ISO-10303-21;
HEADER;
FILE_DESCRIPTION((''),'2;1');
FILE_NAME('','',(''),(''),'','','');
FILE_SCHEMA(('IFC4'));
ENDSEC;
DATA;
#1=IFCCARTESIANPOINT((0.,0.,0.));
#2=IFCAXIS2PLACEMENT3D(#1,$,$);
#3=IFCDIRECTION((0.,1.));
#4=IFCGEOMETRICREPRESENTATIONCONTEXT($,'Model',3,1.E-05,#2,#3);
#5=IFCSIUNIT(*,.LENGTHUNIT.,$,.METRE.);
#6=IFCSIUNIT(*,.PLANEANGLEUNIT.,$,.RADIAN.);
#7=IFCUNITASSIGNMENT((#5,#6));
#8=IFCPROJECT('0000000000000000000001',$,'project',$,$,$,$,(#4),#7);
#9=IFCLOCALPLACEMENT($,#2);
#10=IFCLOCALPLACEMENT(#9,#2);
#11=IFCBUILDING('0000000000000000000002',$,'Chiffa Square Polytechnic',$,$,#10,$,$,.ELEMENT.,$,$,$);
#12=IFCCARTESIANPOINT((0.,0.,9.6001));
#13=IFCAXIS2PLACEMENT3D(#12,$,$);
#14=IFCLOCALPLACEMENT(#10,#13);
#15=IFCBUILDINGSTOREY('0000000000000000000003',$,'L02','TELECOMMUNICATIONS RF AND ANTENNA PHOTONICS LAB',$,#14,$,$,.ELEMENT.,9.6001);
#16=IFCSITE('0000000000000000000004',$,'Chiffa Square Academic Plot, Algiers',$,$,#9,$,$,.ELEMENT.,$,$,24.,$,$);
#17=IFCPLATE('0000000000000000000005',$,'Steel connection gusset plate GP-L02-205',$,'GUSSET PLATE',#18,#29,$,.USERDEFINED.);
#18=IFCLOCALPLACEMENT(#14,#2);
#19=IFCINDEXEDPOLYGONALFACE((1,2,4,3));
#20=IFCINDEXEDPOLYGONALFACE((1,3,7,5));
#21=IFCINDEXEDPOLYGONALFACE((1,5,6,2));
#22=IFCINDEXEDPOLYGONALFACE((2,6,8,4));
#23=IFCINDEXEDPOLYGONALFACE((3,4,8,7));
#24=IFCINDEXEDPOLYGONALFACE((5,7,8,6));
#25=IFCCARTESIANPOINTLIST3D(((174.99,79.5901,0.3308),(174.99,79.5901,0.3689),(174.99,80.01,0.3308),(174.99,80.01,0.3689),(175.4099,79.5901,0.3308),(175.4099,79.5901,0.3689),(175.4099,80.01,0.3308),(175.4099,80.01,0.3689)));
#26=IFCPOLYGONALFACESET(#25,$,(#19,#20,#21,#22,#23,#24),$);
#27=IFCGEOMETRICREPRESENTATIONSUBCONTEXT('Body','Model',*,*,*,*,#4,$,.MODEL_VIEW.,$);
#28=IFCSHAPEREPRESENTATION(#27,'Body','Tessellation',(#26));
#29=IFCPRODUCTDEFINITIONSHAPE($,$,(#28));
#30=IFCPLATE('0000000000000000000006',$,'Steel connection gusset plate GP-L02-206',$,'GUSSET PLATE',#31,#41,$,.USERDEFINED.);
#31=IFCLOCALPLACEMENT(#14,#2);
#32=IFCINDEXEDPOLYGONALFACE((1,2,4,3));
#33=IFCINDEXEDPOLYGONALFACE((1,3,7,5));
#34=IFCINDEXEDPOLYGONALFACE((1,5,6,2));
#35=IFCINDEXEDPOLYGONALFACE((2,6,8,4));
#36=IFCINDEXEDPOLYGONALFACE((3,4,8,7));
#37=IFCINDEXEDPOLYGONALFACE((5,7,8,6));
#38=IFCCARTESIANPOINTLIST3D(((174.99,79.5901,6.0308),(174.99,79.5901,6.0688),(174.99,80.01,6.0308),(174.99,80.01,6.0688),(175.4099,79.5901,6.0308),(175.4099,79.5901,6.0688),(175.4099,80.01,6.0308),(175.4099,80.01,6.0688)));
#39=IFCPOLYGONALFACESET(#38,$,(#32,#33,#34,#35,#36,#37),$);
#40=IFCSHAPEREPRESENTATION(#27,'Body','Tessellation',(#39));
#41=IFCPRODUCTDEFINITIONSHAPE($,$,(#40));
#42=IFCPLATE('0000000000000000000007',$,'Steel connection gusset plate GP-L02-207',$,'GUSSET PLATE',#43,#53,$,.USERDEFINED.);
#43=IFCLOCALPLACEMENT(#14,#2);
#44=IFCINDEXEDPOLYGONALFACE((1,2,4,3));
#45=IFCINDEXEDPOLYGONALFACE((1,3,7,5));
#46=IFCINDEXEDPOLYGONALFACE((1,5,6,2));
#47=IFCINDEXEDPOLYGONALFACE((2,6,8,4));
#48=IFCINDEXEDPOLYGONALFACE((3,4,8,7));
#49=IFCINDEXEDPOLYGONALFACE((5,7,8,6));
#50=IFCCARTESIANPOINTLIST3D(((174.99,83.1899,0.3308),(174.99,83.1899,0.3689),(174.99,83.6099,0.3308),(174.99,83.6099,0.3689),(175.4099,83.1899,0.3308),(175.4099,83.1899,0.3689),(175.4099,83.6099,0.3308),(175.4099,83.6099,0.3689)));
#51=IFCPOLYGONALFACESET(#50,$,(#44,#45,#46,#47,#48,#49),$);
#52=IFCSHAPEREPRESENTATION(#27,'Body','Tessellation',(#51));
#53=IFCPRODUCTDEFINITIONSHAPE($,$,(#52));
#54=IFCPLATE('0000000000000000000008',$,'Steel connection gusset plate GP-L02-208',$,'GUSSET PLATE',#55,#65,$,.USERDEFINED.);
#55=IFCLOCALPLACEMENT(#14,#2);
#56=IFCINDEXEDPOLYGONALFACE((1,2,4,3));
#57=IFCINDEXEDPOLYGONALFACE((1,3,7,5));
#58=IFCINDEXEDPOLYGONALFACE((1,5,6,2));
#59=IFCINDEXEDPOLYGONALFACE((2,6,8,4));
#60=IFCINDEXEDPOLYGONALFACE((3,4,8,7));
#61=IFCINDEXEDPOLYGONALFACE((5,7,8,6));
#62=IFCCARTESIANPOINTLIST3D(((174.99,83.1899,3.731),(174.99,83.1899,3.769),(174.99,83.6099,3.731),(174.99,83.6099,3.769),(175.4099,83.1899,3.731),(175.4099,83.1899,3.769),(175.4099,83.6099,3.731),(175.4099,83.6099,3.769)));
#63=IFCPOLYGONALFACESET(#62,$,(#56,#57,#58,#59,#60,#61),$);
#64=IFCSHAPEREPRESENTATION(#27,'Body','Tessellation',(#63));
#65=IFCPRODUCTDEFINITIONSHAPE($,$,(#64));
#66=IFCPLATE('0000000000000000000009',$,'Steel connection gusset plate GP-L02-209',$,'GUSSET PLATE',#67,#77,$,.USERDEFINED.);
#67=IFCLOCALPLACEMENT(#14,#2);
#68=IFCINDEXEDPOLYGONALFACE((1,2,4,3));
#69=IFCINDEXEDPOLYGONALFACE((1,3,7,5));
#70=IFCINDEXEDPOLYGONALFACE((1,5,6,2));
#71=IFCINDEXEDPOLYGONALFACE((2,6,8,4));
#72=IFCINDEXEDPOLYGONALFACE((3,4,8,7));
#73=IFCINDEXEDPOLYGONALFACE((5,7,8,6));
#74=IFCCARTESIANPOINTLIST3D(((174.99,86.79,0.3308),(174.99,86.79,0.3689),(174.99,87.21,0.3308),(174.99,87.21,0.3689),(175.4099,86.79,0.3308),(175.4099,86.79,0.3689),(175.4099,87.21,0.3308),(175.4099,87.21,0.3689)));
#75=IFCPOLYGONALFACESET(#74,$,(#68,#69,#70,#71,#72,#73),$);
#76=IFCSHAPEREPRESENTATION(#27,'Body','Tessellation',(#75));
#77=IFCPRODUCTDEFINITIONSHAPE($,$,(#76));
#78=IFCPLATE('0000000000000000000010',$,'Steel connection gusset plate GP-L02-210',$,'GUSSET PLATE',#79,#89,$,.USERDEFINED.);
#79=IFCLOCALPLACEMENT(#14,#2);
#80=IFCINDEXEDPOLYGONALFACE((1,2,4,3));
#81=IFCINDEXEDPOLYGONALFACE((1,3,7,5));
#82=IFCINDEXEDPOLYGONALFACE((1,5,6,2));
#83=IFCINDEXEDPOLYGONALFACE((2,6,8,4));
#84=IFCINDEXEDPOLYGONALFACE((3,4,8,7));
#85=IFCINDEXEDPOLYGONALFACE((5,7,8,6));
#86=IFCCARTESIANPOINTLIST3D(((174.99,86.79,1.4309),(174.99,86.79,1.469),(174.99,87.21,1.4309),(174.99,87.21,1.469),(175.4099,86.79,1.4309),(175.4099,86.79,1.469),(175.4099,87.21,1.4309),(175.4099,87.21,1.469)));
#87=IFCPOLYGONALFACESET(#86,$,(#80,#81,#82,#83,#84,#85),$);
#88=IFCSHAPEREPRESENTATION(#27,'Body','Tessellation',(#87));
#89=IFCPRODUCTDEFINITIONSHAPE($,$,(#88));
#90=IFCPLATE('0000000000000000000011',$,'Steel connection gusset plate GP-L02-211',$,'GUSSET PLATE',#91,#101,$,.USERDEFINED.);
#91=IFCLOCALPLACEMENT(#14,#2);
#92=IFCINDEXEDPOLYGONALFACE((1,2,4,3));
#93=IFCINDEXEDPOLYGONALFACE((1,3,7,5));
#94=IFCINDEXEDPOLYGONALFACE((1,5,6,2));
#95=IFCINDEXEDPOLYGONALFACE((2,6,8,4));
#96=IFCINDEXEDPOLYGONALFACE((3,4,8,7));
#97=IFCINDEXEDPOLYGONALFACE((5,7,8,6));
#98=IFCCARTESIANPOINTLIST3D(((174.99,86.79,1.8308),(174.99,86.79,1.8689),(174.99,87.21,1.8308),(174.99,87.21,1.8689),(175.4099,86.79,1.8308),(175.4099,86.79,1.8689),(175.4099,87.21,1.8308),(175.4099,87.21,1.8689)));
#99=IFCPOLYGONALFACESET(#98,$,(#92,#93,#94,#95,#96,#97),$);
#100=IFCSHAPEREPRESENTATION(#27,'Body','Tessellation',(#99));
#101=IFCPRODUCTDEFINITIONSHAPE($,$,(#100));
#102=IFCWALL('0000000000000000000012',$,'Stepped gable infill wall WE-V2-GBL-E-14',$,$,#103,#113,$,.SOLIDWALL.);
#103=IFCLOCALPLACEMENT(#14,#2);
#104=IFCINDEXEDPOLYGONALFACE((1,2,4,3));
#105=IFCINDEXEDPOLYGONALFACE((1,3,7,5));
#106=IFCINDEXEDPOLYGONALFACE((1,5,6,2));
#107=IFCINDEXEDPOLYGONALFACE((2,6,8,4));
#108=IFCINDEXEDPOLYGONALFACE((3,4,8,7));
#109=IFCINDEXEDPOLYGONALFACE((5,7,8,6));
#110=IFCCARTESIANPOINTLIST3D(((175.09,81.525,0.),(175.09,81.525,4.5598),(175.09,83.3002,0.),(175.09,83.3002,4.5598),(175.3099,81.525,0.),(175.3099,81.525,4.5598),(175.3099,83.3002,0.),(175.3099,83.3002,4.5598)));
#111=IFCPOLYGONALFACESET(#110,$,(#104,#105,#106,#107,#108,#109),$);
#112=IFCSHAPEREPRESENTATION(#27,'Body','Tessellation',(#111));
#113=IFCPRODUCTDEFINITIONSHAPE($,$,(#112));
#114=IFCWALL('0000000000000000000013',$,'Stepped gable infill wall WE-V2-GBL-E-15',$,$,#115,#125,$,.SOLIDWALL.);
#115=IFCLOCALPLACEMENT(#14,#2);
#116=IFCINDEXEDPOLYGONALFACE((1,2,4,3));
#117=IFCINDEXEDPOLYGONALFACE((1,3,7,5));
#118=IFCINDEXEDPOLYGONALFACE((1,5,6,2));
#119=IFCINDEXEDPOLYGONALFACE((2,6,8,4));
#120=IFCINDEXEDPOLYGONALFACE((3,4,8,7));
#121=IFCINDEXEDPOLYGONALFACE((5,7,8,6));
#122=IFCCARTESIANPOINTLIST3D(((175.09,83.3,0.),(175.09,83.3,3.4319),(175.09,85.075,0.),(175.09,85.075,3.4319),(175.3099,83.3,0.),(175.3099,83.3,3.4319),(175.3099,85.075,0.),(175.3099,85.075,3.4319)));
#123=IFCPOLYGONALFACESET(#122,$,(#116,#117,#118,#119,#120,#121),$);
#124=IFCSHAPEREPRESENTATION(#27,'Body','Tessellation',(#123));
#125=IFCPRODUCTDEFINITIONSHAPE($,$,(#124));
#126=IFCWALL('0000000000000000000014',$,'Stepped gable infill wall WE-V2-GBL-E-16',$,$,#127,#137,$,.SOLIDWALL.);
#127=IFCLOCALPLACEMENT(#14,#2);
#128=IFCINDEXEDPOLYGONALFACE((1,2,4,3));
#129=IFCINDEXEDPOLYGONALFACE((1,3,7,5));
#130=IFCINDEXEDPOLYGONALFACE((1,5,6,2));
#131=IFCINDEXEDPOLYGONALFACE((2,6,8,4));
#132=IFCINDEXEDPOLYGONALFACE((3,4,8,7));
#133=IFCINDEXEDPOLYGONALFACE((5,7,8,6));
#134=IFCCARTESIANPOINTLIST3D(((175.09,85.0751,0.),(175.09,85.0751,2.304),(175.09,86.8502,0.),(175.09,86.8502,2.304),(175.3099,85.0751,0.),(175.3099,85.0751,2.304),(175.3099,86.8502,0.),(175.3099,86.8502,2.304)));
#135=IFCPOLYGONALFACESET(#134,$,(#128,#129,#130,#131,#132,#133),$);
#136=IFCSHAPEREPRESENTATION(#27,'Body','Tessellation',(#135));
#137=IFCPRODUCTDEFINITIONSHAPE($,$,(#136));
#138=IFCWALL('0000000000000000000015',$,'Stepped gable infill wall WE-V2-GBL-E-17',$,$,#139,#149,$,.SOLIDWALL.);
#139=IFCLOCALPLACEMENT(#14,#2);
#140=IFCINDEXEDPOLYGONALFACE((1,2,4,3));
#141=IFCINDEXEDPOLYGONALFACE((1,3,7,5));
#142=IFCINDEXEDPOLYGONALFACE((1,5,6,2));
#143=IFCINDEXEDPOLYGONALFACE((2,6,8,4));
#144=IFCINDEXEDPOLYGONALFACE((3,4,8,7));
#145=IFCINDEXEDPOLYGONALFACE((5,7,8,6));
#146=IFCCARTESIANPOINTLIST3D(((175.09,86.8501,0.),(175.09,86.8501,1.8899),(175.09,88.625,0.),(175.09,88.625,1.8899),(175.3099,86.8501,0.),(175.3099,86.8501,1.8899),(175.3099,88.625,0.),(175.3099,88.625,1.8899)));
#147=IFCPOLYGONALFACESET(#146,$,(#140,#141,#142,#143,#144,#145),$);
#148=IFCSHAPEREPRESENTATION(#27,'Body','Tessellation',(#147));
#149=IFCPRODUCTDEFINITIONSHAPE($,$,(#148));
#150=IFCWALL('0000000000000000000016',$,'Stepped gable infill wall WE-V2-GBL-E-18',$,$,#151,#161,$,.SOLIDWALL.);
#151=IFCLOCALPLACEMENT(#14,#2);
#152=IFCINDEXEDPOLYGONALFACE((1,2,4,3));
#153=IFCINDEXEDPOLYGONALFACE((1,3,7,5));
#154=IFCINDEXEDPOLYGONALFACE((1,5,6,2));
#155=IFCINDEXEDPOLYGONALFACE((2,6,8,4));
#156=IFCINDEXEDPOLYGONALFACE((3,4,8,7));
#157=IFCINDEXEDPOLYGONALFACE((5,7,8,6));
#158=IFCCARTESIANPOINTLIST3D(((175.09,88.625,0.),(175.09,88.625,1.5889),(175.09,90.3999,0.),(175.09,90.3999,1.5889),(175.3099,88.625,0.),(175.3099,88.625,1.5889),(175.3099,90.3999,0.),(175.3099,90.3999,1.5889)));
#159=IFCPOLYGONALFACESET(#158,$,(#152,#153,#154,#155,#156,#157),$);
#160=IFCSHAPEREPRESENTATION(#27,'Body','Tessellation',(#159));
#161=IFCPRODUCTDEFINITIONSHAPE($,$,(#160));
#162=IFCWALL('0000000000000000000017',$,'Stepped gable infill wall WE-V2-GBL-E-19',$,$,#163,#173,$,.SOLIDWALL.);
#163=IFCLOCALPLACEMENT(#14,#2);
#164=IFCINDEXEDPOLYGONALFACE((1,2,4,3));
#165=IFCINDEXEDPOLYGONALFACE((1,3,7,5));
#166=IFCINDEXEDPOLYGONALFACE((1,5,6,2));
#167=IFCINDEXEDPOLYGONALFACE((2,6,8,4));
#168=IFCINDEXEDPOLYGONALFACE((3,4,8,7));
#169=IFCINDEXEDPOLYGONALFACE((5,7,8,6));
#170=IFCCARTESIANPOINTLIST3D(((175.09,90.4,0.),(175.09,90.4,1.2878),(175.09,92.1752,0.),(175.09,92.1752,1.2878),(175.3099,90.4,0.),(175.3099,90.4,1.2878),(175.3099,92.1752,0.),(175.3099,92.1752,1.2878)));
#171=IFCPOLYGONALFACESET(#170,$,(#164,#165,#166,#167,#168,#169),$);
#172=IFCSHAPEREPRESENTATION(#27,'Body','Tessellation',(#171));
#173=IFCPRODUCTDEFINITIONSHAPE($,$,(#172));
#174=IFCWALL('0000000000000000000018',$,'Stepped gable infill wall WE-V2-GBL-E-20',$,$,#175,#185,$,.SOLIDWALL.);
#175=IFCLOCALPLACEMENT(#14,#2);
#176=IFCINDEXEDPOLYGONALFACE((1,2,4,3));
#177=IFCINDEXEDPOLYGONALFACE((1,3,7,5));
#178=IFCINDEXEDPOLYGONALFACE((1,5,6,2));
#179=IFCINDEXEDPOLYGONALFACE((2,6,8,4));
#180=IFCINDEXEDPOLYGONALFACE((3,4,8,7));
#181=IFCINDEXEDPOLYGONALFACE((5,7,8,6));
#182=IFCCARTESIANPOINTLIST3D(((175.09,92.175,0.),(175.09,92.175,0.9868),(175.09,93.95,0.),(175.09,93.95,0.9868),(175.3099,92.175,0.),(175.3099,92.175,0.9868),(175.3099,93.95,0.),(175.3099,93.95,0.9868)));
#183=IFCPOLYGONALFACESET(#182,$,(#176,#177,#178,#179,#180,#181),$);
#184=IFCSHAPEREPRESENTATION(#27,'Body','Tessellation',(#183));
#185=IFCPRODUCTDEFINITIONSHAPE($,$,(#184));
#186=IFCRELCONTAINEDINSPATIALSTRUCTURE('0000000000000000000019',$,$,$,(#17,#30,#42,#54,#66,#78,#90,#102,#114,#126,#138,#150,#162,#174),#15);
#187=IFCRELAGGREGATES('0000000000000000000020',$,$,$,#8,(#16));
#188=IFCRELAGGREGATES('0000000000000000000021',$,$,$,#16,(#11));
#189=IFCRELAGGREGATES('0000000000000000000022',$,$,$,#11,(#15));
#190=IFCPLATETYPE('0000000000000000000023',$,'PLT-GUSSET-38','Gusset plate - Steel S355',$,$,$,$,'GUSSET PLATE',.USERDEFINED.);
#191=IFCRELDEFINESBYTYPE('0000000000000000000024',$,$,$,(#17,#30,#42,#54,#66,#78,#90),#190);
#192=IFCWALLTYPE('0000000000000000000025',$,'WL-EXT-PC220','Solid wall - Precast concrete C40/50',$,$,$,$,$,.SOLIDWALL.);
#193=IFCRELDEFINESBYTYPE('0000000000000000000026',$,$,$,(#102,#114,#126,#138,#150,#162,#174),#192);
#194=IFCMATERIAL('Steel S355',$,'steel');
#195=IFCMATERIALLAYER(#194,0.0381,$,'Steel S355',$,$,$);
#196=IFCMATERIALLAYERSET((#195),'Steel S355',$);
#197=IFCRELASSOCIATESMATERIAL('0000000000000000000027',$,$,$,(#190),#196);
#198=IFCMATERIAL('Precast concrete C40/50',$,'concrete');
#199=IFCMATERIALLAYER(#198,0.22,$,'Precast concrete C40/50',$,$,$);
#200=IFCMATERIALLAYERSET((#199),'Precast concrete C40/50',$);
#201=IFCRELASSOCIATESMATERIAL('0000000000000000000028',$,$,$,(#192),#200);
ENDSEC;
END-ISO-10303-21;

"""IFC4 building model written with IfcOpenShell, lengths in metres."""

from ifc_helpers import new_model, si_unit, direction, frame, frame_2d, origin, origin_2d, place, context, subcontext, project, spatial, rectangle, extrude, material, layer, layer_set, type_object, element, save


model = new_model("IFC4")

# Units and contexts
model_context = context("Model", 3, precision=1e-05, world=origin(), true_north=direction((0.0, 1.0)))
body_context = subcontext(model_context, "Body", "Model", "MODEL_VIEW")
ifc_project = project(units=[si_unit("LENGTHUNIT", "METRE"), si_unit("PLANEANGLEUNIT", "RADIAN")], contexts=[model_context])

# Site, building, storey
site_placement = place(None, origin())
site = spatial("IfcSite", under=ifc_project, at=site_placement, Name="Chiffa Square Academic Plot, Algiers", CompositionType="ELEMENT", RefElevation=24.0)
building_placement = place(site_placement, origin())
building = spatial("IfcBuilding", under=site, at=building_placement, Name="Chiffa Square Polytechnic", CompositionType="ELEMENT")
storey_placement = place(building_placement, frame((0.0, 0.0, 9.6001)))
storey = spatial("IfcBuildingStorey", under=building, at=storey_placement, Name="L02", Description="TELECOMMUNICATIONS RF AND ANTENNA PHOTONICS LAB", CompositionType="ELEMENT", Elevation=9.6001)

# Shared definitions
ifc_material_1 = material(Name="Steel S355", Category="steel")

# Plates
ifc_layer_1 = layer(ifc_material_1, 0.0381, Name="Steel S355")
ifc_layer_set_1 = layer_set([ifc_layer_1], Name="Steel S355")
plate_type_1 = type_object("IfcPlateType", Name="PLT-GUSSET-38", Description="Gusset plate - Steel S355", ElementType="GUSSET PLATE", PredefinedType="USERDEFINED", material=ifc_layer_set_1)
for number, where, z_axis, x_axis, name in (
    (1, (175.2, 79.8, 0.3308), (0.0, 0.0, 1.0), (1.0, 0.0, 0.0), "Steel connection gusset plate GP-L02-205"),
    (2, (175.2, 79.8, 6.0308), (0.0, 0.0, 1.0), (1.0, 0.0, 0.0), "Steel connection gusset plate GP-L02-206"),
    (3, (175.2, 83.3999, 0.3308), (0.0, 0.0, 1.0), (1.0, 0.0, 0.0), "Steel connection gusset plate GP-L02-207"),
    (4, (175.2, 83.3999, 3.731), (0.0, 0.0, 1.0), (1.0, 0.0, 0.0), "Steel connection gusset plate GP-L02-208"),
    (5, (175.2, 87.0, 0.3308), (0.0, 0.0, 1.0), (1.0, 0.0, 0.0), "Steel connection gusset plate GP-L02-209"),
    (6, (175.2, 87.0, 1.4309), (0.0, 0.0, 1.0), (1.0, 0.0, 0.0), "Steel connection gusset plate GP-L02-210"),
    (7, (175.2, 87.0, 1.8308), (0.0, 0.0, 1.0), (1.0, 0.0, 0.0), "Steel connection gusset plate GP-L02-211"),
):
    element("IfcPlate", number, at=place(storey_placement, frame(where, z_axis=z_axis, x_axis=x_axis)), inside=storey, type_object=plate_type_1, Name=name, ObjectType="GUSSET PLATE", PredefinedType="USERDEFINED", context=body_context, shape_type="SweptSolid", body=[
        extrude(rectangle(XDim=0.4199, YDim=0.4199, at=origin_2d()), origin(), (0.0, 0.0, 1.0), 0.0381),
    ])

# Walls
ifc_material_2 = material(Name="Precast concrete C40/50", Category="concrete")
ifc_layer_2 = layer(ifc_material_2, 0.22, Name="Precast concrete C40/50")
ifc_layer_set_2 = layer_set([ifc_layer_2], Name="Precast concrete C40/50")
wall_type = type_object("IfcWallType", Name="WL-EXT-PC220", Description="Solid wall - Precast concrete C40/50", PredefinedType="SOLIDWALL", material=ifc_layer_set_2)
wall_1_placement = place(storey_placement, frame((175.2, 81.5249, 0.0), z_axis=(0.0, 0.0, 1.0), x_axis=(0.0, 1.0, 0.0)))
element("IfcWall", 8, at=wall_1_placement, inside=storey, type_object=wall_type, Name="Stepped gable infill wall WE-V2-GBL-E-14", PredefinedType="SOLIDWALL", context=body_context, shape_type="SweptSolid", body=[
    extrude(rectangle(XDim=1.7751, YDim=0.22, at=frame_2d((0.8877, 0.0))), origin(), (0.0, 0.0, 1.0), 4.5598),
])
wall_2_placement = place(storey_placement, frame((175.2, 83.3, 0.0), z_axis=(0.0, 0.0, 1.0), x_axis=(0.0, 1.0, 0.0)))
element("IfcWall", 9, at=wall_2_placement, inside=storey, type_object=wall_type, Name="Stepped gable infill wall WE-V2-GBL-E-15", PredefinedType="SOLIDWALL", context=body_context, shape_type="SweptSolid", body=[
    extrude(rectangle(XDim=1.7749, YDim=0.22, at=frame_2d((0.8875, 0.0))), origin(), (0.0, 0.0, 1.0), 3.4319),
])
wall_3_placement = place(storey_placement, frame((175.2, 85.075, 0.0), z_axis=(0.0, 0.0, 1.0), x_axis=(0.0, 1.0, 0.0)))
element("IfcWall", 10, at=wall_3_placement, inside=storey, type_object=wall_type, Name="Stepped gable infill wall WE-V2-GBL-E-16", PredefinedType="SOLIDWALL", context=body_context, shape_type="SweptSolid", body=[
    extrude(rectangle(XDim=1.7751, YDim=0.22, at=frame_2d((0.8877, 0.0))), origin(), (0.0, 0.0, 1.0), 2.304),
])
wall_4_placement = place(storey_placement, frame((175.2, 86.8501, 0.0), z_axis=(0.0, 0.0, 1.0), x_axis=(0.0, 1.0, 0.0)))
element("IfcWall", 11, at=wall_4_placement, inside=storey, type_object=wall_type, Name="Stepped gable infill wall WE-V2-GBL-E-17", PredefinedType="SOLIDWALL", context=body_context, shape_type="SweptSolid", body=[
    extrude(rectangle(XDim=1.7749, YDim=0.22, at=frame_2d((0.8875, 0.0))), origin(), (0.0, 0.0, 1.0), 1.8899),
])
wall_5_placement = place(storey_placement, frame((175.2, 88.625, 0.0), z_axis=(0.0, 0.0, 1.0), x_axis=(0.0, 1.0, 0.0)))
element("IfcWall", 12, at=wall_5_placement, inside=storey, type_object=wall_type, Name="Stepped gable infill wall WE-V2-GBL-E-18", PredefinedType="SOLIDWALL", context=body_context, shape_type="SweptSolid", body=[
    extrude(rectangle(XDim=1.7749, YDim=0.22, at=frame_2d((0.8875, 0.0))), origin(), (0.0, 0.0, 1.0), 1.5889),
])
wall_6_placement = place(storey_placement, frame((175.2, 90.3999, 0.0), z_axis=(0.0, 0.0, 1.0), x_axis=(0.0, 1.0, 0.0)))
element("IfcWall", 13, at=wall_6_placement, inside=storey, type_object=wall_type, Name="Stepped gable infill wall WE-V2-GBL-E-19", PredefinedType="SOLIDWALL", context=body_context, shape_type="SweptSolid", body=[
    extrude(rectangle(XDim=1.7751, YDim=0.22, at=frame_2d((0.8877, 0.0))), origin(), (0.0, 0.0, 1.0), 1.2878),
])
wall_7_placement = place(storey_placement, frame((175.2, 92.175, 0.0), z_axis=(0.0, 0.0, 1.0), x_axis=(0.0, 1.0, 0.0)))
element("IfcWall", 14, at=wall_7_placement, inside=storey, type_object=wall_type, Name="Stepped gable infill wall WE-V2-GBL-E-20", PredefinedType="SOLIDWALL", context=body_context, shape_type="SweptSolid", body=[
    extrude(rectangle(XDim=1.7749, YDim=0.22, at=frame_2d((0.8875, 0.0))), origin(), (0.0, 0.0, 1.0), 0.9868),
])

save(model, "model.ifc")
